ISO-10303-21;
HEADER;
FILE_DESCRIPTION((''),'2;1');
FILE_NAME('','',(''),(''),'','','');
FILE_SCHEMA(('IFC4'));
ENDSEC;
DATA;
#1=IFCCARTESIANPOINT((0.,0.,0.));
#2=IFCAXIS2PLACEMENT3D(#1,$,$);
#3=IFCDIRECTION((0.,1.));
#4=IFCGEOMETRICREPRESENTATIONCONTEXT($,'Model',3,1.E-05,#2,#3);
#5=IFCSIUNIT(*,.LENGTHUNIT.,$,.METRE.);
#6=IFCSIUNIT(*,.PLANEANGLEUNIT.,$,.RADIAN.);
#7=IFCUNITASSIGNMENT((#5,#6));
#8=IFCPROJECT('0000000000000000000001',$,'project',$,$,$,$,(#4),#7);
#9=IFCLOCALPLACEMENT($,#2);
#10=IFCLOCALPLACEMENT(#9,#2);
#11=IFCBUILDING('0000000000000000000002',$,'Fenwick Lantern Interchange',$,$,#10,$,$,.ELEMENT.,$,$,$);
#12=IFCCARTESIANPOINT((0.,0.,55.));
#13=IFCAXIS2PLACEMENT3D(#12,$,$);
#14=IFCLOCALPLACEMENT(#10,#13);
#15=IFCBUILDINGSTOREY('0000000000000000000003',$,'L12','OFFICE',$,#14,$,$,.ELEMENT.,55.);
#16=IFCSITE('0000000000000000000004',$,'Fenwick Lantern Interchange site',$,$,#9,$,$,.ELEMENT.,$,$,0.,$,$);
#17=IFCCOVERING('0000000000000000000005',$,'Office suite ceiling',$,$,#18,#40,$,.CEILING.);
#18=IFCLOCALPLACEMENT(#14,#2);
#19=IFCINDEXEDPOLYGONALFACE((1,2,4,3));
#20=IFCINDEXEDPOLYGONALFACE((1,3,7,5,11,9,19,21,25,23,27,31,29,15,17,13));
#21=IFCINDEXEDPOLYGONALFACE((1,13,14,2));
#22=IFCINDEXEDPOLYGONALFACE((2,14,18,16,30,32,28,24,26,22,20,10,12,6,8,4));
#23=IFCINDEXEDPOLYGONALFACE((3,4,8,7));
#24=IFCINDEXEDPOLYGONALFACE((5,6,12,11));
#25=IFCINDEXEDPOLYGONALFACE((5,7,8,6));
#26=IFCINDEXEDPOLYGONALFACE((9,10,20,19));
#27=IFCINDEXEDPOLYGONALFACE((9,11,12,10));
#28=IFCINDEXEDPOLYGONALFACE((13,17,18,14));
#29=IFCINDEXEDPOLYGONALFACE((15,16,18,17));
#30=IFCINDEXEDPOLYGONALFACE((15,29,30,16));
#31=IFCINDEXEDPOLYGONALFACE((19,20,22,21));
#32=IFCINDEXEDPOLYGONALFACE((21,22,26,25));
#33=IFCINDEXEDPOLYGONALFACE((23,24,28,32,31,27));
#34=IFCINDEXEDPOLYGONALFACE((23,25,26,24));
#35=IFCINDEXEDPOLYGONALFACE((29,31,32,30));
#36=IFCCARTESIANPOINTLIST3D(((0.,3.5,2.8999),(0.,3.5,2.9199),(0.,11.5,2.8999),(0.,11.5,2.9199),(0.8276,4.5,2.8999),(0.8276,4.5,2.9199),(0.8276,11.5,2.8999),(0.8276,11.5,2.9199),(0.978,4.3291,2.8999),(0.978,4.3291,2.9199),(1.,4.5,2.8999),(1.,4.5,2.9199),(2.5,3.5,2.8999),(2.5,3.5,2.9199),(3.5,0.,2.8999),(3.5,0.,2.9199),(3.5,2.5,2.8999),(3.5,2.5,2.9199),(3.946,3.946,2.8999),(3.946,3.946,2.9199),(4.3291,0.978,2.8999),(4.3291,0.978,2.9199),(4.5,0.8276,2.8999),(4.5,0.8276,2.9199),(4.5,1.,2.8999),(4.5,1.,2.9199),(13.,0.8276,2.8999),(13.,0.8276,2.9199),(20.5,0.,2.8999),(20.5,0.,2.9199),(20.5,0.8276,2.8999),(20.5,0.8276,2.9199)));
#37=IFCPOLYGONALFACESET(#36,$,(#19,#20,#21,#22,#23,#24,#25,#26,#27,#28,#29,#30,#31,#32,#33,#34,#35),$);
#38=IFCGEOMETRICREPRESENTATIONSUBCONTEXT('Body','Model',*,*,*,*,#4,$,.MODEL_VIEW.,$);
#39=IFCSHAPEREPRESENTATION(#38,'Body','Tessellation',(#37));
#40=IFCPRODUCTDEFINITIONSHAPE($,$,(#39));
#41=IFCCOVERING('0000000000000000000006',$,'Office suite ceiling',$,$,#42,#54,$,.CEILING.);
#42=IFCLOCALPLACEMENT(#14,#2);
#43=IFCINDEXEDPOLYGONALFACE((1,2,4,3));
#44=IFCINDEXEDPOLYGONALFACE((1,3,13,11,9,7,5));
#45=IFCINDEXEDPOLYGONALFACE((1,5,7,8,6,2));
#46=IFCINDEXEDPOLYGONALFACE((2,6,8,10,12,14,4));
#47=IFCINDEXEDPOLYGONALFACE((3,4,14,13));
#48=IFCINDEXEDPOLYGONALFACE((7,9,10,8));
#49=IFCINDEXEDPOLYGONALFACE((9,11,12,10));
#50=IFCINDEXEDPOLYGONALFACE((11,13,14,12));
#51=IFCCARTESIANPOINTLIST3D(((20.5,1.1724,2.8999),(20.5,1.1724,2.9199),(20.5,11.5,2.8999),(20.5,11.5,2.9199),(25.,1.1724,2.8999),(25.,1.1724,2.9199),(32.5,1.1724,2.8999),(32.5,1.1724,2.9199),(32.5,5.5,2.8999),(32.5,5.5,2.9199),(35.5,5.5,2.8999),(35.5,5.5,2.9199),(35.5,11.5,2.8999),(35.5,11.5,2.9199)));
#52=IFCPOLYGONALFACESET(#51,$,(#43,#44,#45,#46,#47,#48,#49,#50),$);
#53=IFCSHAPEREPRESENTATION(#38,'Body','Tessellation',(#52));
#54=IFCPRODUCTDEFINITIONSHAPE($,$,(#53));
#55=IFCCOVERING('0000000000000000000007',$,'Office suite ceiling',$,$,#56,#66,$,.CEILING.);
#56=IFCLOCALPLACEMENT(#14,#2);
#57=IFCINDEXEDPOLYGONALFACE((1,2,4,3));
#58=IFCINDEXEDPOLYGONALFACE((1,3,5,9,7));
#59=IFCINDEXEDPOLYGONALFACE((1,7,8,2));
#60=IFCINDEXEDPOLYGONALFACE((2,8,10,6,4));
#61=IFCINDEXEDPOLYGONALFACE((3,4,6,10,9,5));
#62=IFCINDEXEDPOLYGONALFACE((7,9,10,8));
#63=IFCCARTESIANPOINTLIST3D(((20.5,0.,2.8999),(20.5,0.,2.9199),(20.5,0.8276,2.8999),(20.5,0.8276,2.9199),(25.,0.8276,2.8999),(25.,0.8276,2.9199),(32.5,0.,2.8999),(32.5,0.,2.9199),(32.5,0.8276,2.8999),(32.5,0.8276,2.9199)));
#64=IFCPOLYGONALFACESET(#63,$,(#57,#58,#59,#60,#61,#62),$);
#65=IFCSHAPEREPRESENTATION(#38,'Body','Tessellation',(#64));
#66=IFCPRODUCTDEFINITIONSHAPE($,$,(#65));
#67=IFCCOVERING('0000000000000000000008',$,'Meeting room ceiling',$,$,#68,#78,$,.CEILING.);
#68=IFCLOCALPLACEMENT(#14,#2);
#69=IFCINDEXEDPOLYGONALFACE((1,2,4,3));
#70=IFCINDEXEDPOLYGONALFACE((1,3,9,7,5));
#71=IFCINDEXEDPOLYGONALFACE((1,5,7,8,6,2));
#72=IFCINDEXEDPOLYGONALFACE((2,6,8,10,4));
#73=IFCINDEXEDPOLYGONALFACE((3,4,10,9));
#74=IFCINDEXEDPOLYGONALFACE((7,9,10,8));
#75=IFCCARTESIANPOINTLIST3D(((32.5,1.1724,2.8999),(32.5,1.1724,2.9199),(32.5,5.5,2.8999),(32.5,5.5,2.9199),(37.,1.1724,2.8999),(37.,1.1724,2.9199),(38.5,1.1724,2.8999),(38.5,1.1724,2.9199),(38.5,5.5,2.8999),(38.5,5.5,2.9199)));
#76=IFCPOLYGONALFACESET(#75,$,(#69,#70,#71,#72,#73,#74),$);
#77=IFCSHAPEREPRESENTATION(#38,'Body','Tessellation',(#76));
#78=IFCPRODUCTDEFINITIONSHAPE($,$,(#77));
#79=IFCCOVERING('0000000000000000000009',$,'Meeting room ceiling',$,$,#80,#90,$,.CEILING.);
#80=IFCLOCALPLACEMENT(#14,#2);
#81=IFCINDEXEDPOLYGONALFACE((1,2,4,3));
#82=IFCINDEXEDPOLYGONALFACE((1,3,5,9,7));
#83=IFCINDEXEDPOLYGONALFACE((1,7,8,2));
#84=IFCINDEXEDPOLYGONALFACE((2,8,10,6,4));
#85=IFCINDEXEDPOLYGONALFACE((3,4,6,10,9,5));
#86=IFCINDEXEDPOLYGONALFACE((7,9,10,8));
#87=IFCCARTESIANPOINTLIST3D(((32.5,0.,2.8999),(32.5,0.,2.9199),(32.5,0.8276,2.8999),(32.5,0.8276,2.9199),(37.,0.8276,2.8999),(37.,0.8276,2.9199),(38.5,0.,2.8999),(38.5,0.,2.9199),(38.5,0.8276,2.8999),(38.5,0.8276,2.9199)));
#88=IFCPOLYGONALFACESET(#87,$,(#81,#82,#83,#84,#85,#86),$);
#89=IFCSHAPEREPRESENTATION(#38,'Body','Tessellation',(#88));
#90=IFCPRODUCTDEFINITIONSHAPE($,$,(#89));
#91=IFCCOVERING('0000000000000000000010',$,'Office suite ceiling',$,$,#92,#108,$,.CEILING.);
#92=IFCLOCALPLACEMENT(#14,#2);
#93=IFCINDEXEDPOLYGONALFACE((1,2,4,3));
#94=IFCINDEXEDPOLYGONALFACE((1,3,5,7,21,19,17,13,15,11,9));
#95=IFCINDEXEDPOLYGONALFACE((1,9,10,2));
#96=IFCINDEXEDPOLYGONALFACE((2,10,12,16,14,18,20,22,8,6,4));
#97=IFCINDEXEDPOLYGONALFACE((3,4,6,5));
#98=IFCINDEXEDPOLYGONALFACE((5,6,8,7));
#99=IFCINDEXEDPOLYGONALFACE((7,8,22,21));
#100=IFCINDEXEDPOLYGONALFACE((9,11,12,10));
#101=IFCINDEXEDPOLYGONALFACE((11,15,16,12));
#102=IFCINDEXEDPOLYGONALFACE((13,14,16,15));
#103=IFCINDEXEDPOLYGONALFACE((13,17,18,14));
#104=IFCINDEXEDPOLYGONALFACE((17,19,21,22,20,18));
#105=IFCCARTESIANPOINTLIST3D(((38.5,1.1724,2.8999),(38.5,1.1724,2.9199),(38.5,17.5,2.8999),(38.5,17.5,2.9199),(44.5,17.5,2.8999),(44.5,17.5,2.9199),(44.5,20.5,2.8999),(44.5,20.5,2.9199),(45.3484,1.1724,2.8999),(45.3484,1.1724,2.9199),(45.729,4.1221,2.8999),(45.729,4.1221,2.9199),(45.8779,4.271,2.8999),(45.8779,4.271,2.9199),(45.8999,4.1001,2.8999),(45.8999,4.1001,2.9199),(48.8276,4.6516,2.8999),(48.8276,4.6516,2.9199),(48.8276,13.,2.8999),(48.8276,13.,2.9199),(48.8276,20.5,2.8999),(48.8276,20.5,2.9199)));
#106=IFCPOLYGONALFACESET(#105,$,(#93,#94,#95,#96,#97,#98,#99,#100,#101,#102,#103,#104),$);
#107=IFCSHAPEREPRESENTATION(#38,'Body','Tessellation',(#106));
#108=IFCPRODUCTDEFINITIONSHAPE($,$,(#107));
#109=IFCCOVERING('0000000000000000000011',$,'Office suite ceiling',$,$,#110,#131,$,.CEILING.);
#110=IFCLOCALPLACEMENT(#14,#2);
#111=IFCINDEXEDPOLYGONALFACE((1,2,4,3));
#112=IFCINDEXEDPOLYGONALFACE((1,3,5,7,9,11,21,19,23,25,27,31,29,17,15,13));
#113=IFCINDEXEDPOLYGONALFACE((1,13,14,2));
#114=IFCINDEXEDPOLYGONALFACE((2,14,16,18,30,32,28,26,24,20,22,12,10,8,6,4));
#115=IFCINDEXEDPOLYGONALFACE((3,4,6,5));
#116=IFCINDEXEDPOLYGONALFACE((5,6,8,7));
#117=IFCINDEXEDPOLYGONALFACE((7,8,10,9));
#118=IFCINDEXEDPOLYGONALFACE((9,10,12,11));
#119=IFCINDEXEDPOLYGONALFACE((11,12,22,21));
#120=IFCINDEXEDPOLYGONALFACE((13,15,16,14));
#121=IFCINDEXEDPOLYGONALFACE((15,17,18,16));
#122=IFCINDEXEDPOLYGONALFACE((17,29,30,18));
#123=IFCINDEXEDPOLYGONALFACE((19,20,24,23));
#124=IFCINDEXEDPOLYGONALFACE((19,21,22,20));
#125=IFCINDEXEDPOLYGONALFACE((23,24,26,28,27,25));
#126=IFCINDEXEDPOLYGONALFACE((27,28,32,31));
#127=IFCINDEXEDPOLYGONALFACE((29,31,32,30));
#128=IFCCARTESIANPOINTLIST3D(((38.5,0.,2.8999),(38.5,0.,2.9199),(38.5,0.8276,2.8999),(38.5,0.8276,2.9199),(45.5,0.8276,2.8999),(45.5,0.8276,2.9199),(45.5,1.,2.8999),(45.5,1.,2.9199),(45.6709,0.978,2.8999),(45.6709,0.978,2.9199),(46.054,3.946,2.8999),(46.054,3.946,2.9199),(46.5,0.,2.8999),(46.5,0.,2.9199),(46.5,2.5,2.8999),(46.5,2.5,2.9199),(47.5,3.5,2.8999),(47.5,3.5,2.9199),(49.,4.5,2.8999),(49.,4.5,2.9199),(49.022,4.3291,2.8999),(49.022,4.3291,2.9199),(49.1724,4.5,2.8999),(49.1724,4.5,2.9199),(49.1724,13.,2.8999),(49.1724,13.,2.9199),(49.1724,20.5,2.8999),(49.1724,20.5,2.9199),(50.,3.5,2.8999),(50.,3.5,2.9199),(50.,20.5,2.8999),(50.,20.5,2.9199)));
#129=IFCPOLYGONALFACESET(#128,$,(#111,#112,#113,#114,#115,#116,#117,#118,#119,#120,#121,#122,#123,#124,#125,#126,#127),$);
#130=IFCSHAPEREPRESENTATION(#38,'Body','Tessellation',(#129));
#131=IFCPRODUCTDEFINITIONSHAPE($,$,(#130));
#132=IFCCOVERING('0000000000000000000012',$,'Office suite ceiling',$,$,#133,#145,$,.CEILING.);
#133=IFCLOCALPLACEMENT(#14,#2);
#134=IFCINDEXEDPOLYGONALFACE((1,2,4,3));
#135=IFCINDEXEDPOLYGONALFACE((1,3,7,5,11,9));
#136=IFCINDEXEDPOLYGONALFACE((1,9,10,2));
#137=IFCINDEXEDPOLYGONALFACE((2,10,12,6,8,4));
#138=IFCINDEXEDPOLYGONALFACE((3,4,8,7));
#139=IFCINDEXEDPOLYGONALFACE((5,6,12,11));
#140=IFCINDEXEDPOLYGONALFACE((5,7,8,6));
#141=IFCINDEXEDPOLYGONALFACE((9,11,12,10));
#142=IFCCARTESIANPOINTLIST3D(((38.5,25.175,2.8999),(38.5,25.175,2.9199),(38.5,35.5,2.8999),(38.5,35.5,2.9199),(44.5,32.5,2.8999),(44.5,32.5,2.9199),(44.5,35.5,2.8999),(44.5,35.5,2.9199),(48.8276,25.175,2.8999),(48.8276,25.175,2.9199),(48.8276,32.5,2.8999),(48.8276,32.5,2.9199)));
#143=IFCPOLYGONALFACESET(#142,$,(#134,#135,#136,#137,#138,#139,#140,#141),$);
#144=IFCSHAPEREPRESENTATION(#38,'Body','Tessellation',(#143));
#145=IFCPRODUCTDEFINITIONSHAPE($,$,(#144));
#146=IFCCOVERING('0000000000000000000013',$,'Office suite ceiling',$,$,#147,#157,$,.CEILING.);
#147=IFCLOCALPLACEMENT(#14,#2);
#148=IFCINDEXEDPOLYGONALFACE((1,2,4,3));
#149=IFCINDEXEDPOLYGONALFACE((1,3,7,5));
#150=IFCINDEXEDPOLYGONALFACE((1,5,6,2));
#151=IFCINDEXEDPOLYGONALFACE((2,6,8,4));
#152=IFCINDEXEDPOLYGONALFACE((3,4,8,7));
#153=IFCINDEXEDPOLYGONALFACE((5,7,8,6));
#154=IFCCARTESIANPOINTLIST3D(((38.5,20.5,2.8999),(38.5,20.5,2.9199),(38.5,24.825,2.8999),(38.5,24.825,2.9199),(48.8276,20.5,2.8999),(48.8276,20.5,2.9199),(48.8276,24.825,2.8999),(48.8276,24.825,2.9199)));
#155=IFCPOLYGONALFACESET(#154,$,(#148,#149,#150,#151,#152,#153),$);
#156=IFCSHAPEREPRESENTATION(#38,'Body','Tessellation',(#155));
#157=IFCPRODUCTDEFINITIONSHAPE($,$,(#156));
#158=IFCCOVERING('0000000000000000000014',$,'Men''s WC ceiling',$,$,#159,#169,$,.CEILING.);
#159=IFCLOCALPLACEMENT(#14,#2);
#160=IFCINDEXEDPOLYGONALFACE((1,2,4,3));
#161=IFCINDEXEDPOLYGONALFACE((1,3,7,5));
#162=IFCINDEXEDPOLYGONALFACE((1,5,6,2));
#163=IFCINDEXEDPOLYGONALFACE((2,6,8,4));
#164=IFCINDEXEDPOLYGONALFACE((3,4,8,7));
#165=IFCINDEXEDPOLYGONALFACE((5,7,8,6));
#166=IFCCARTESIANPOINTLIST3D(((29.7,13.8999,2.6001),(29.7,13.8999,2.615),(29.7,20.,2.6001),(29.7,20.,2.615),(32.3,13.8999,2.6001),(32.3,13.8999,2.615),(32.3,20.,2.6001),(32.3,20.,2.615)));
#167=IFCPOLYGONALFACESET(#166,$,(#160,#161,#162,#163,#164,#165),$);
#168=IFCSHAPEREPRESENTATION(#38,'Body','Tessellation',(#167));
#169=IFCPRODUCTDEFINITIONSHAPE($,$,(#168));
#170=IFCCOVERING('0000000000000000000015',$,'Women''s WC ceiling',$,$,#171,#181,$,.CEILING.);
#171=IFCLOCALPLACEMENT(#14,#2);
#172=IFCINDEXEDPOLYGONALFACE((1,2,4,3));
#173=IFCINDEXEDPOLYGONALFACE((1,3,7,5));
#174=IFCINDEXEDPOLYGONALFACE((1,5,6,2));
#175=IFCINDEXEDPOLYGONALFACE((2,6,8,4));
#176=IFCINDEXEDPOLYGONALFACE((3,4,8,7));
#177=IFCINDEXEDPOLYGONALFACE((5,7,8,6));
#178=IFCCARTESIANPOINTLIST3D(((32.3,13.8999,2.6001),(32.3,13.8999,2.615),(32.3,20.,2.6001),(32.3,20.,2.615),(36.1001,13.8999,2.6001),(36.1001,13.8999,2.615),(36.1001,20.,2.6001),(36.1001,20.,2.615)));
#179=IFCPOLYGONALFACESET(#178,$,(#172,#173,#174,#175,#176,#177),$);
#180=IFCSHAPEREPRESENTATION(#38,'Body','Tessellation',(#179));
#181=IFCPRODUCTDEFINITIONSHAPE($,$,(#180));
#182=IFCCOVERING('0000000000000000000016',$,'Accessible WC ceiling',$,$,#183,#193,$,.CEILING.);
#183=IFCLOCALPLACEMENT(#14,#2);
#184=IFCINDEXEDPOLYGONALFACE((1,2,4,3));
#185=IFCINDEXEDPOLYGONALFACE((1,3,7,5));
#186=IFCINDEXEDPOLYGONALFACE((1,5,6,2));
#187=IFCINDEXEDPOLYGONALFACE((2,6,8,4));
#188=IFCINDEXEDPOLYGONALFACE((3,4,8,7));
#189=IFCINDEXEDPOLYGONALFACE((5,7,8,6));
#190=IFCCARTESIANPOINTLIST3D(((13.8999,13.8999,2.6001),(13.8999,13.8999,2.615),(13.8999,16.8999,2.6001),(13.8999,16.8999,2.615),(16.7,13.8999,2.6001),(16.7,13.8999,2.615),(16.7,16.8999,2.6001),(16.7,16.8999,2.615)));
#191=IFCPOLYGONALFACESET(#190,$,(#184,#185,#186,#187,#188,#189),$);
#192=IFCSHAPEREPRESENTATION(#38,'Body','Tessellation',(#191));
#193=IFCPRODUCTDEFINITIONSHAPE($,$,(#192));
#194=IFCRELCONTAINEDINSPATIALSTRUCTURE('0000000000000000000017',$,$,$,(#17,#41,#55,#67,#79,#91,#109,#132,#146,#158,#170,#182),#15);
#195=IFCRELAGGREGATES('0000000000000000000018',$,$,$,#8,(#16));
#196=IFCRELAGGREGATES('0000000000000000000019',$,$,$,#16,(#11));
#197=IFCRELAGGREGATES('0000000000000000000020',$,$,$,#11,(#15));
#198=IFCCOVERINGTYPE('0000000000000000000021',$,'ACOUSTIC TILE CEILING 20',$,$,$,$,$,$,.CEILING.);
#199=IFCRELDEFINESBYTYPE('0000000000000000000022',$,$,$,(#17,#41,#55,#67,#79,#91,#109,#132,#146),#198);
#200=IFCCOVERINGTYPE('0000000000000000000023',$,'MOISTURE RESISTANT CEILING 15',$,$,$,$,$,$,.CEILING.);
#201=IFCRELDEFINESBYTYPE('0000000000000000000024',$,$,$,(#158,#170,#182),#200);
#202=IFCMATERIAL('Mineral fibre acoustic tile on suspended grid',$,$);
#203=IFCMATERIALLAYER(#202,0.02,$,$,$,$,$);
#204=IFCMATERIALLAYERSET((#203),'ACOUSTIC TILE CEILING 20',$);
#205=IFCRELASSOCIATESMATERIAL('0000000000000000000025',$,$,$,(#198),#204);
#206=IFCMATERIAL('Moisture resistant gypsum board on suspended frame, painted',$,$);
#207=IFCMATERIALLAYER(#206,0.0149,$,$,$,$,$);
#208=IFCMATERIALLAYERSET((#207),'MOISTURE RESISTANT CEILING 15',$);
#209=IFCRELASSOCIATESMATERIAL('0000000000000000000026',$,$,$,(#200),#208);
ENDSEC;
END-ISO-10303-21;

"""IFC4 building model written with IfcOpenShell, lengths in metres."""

from ifc_helpers import new_model, si_unit, direction, frame, origin, place, context, subcontext, project, spatial, polyline, outline, extrude, material, layer, layer_set, type_object, element, save


model = new_model("IFC4")

# Units and contexts
model_context = context("Model", 3, precision=1e-05, world=origin(), true_north=direction((0.0, 1.0)))
body_context = subcontext(model_context, "Body", "Model", "MODEL_VIEW")
ifc_project = project(units=[si_unit("LENGTHUNIT", "METRE"), si_unit("PLANEANGLEUNIT", "RADIAN")], contexts=[model_context])

# Site, building, storey
site_placement = place(None, origin())
site = spatial("IfcSite", under=ifc_project, at=site_placement, Name="Fenwick Lantern Interchange site", CompositionType="ELEMENT", RefElevation=0.0)
building_placement = place(site_placement, origin())
building = spatial("IfcBuilding", under=site, at=building_placement, Name="Fenwick Lantern Interchange", CompositionType="ELEMENT")
storey_placement = place(building_placement, frame((0.0, 0.0, 55.0)))
storey = spatial("IfcBuildingStorey", under=building, at=storey_placement, Name="L12", Description="OFFICE", CompositionType="ELEMENT", Elevation=55.0)

# Coverings
ifc_material_1 = material(Name="Mineral fibre acoustic tile on suspended grid")
ifc_layer_1 = layer(ifc_material_1, 0.02)
ifc_layer_set_1 = layer_set([ifc_layer_1], Name="ACOUSTIC TILE CEILING 20")
covering_type_1 = type_object("IfcCoveringType", Name="ACOUSTIC TILE CEILING 20", PredefinedType="CEILING", material=ifc_layer_set_1)
covering_1_placement = place(storey_placement, frame((0.0, 0.0, 2.8999)))
element("IfcCovering", 1, at=covering_1_placement, inside=storey, type_object=covering_type_1, Name="Office suite ceiling", PredefinedType="CEILING", context=body_context, shape_type="SweptSolid", body=[
    extrude(outline(polyline([(20.5, 0.0), (20.5, 0.8276), (13.0, 0.8276), (4.5, 0.8276), (4.5, 1.0), (4.3291, 0.978), (3.946, 3.946), (0.978, 4.3291), (1.0, 4.5), (0.8276, 4.5), (0.8276, 11.5), (0.0, 11.5), (0.0, 3.5), (2.5, 3.5), (3.5, 2.5), (3.5, 0.0), (20.5, 0.0)])), origin(), (0.0, 0.0, 1.0), 0.02),
])
covering_2_placement = place(storey_placement, frame((0.0, 0.0, 2.8999)))
element("IfcCovering", 2, at=covering_2_placement, inside=storey, type_object=covering_type_1, Name="Office suite ceiling", PredefinedType="CEILING", context=body_context, shape_type="SweptSolid", body=[
    extrude(outline(polyline([(20.5, 11.5), (20.5, 1.1724), (25.0, 1.1724), (32.5, 1.1724), (32.5, 5.5), (35.5, 5.5), (35.5, 11.5), (20.5, 11.5)])), origin(), (0.0, 0.0, 1.0), 0.02),
])
covering_3_placement = place(storey_placement, frame((0.0, 0.0, 2.8999)))
element("IfcCovering", 3, at=covering_3_placement, inside=storey, type_object=covering_type_1, Name="Office suite ceiling", PredefinedType="CEILING", context=body_context, shape_type="SweptSolid", body=[
    extrude(outline(polyline([(20.5, 0.8276), (20.5, 0.0), (32.5, 0.0), (32.5, 0.8276), (25.0, 0.8276), (20.5, 0.8276)])), origin(), (0.0, 0.0, 1.0), 0.02),
])
covering_4_placement = place(storey_placement, frame((0.0, 0.0, 2.8999)))
element("IfcCovering", 4, at=covering_4_placement, inside=storey, type_object=covering_type_1, Name="Meeting room ceiling", PredefinedType="CEILING", context=body_context, shape_type="SweptSolid", body=[
    extrude(outline(polyline([(32.5, 5.5), (32.5, 1.1724), (37.0, 1.1724), (38.5, 1.1724), (38.5, 5.5), (32.5, 5.5)])), origin(), (0.0, 0.0, 1.0), 0.02),
])
covering_5_placement = place(storey_placement, frame((0.0, 0.0, 2.8999)))
element("IfcCovering", 5, at=covering_5_placement, inside=storey, type_object=covering_type_1, Name="Meeting room ceiling", PredefinedType="CEILING", context=body_context, shape_type="SweptSolid", body=[
    extrude(outline(polyline([(38.5, 0.0), (38.5, 0.8276), (37.0, 0.8276), (32.5, 0.8276), (32.5, 0.0), (38.5, 0.0)])), origin(), (0.0, 0.0, 1.0), 0.02),
])
covering_6_placement = place(storey_placement, frame((0.0, 0.0, 2.8999)))
element("IfcCovering", 6, at=covering_6_placement, inside=storey, type_object=covering_type_1, Name="Office suite ceiling", PredefinedType="CEILING", context=body_context, shape_type="SweptSolid", body=[
    extrude(outline(polyline([(48.8276, 20.5), (44.5, 20.5), (44.5, 17.5), (38.5, 17.5), (38.5, 1.1724), (45.3484, 1.1724), (45.729, 4.1221), (45.8999, 4.1001), (45.8779, 4.271), (48.8276, 4.6516), (48.8276, 13.0), (48.8276, 20.5)])), origin(), (0.0, 0.0, 1.0), 0.02),
])
covering_7_placement = place(storey_placement, frame((0.0, 0.0, 2.8999)))
element("IfcCovering", 7, at=covering_7_placement, inside=storey, type_object=covering_type_1, Name="Office suite ceiling", PredefinedType="CEILING", context=body_context, shape_type="SweptSolid", body=[
    extrude(outline(polyline([(50.0, 20.5), (49.1724, 20.5), (49.1724, 13.0), (49.1724, 4.5), (49.0, 4.5), (49.022, 4.3291), (46.054, 3.946), (45.6709, 0.978), (45.5, 1.0), (45.5, 0.8276), (38.5, 0.8276), (38.5, 0.0), (46.5, 0.0), (46.5, 2.5), (47.5, 3.5), (50.0, 3.5), (50.0, 20.5)])), origin(), (0.0, 0.0, 1.0), 0.02),
])
covering_8_placement = place(storey_placement, frame((0.0, 0.0, 2.8999)))
element("IfcCovering", 8, at=covering_8_placement, inside=storey, type_object=covering_type_1, Name="Office suite ceiling", PredefinedType="CEILING", context=body_context, shape_type="SweptSolid", body=[
    extrude(outline(polyline([(38.5, 35.5), (38.5, 25.175), (48.8276, 25.175), (48.8276, 32.5), (44.5, 32.5), (44.5, 35.5), (38.5, 35.5)])), origin(), (0.0, 0.0, 1.0), 0.02),
])
covering_9_placement = place(storey_placement, frame((0.0, 0.0, 2.8999)))
element("IfcCovering", 9, at=covering_9_placement, inside=storey, type_object=covering_type_1, Name="Office suite ceiling", PredefinedType="CEILING", context=body_context, shape_type="SweptSolid", body=[
    extrude(outline(polyline([(38.5, 20.5), (48.8276, 20.5), (48.8276, 24.825), (38.5, 24.825), (38.5, 20.5)])), origin(), (0.0, 0.0, 1.0), 0.02),
])
ifc_material_2 = material(Name="Moisture resistant gypsum board on suspended frame, painted")
ifc_layer_2 = layer(ifc_material_2, 0.0149)
ifc_layer_set_2 = layer_set([ifc_layer_2], Name="MOISTURE RESISTANT CEILING 15")
covering_type_2 = type_object("IfcCoveringType", Name="MOISTURE RESISTANT CEILING 15", PredefinedType="CEILING", material=ifc_layer_set_2)
covering_10_placement = place(storey_placement, frame((0.0, 0.0, 2.6001)))
element("IfcCovering", 10, at=covering_10_placement, inside=storey, type_object=covering_type_2, Name="Men's WC ceiling", PredefinedType="CEILING", context=body_context, shape_type="SweptSolid", body=[
    extrude(outline(polyline([(29.7, 13.8999), (32.3, 13.8999), (32.3, 20.0), (29.7, 20.0), (29.7, 13.8999)])), origin(), (0.0, 0.0, 1.0), 0.0149),
])
covering_11_placement = place(storey_placement, frame((0.0, 0.0, 2.6001)))
element("IfcCovering", 11, at=covering_11_placement, inside=storey, type_object=covering_type_2, Name="Women's WC ceiling", PredefinedType="CEILING", context=body_context, shape_type="SweptSolid", body=[
    extrude(outline(polyline([(32.3, 13.8999), (36.1001, 13.8999), (36.1001, 20.0), (32.3, 20.0), (32.3, 13.8999)])), origin(), (0.0, 0.0, 1.0), 0.0149),
])
covering_12_placement = place(storey_placement, frame((0.0, 0.0, 2.6001)))
element("IfcCovering", 12, at=covering_12_placement, inside=storey, type_object=covering_type_2, Name="Accessible WC ceiling", PredefinedType="CEILING", context=body_context, shape_type="SweptSolid", body=[
    extrude(outline(polyline([(13.8999, 13.8999), (16.7, 13.8999), (16.7, 16.8999), (13.8999, 16.8999), (13.8999, 13.8999)])), origin(), (0.0, 0.0, 1.0), 0.0149),
])

save(model, "model.ifc")
